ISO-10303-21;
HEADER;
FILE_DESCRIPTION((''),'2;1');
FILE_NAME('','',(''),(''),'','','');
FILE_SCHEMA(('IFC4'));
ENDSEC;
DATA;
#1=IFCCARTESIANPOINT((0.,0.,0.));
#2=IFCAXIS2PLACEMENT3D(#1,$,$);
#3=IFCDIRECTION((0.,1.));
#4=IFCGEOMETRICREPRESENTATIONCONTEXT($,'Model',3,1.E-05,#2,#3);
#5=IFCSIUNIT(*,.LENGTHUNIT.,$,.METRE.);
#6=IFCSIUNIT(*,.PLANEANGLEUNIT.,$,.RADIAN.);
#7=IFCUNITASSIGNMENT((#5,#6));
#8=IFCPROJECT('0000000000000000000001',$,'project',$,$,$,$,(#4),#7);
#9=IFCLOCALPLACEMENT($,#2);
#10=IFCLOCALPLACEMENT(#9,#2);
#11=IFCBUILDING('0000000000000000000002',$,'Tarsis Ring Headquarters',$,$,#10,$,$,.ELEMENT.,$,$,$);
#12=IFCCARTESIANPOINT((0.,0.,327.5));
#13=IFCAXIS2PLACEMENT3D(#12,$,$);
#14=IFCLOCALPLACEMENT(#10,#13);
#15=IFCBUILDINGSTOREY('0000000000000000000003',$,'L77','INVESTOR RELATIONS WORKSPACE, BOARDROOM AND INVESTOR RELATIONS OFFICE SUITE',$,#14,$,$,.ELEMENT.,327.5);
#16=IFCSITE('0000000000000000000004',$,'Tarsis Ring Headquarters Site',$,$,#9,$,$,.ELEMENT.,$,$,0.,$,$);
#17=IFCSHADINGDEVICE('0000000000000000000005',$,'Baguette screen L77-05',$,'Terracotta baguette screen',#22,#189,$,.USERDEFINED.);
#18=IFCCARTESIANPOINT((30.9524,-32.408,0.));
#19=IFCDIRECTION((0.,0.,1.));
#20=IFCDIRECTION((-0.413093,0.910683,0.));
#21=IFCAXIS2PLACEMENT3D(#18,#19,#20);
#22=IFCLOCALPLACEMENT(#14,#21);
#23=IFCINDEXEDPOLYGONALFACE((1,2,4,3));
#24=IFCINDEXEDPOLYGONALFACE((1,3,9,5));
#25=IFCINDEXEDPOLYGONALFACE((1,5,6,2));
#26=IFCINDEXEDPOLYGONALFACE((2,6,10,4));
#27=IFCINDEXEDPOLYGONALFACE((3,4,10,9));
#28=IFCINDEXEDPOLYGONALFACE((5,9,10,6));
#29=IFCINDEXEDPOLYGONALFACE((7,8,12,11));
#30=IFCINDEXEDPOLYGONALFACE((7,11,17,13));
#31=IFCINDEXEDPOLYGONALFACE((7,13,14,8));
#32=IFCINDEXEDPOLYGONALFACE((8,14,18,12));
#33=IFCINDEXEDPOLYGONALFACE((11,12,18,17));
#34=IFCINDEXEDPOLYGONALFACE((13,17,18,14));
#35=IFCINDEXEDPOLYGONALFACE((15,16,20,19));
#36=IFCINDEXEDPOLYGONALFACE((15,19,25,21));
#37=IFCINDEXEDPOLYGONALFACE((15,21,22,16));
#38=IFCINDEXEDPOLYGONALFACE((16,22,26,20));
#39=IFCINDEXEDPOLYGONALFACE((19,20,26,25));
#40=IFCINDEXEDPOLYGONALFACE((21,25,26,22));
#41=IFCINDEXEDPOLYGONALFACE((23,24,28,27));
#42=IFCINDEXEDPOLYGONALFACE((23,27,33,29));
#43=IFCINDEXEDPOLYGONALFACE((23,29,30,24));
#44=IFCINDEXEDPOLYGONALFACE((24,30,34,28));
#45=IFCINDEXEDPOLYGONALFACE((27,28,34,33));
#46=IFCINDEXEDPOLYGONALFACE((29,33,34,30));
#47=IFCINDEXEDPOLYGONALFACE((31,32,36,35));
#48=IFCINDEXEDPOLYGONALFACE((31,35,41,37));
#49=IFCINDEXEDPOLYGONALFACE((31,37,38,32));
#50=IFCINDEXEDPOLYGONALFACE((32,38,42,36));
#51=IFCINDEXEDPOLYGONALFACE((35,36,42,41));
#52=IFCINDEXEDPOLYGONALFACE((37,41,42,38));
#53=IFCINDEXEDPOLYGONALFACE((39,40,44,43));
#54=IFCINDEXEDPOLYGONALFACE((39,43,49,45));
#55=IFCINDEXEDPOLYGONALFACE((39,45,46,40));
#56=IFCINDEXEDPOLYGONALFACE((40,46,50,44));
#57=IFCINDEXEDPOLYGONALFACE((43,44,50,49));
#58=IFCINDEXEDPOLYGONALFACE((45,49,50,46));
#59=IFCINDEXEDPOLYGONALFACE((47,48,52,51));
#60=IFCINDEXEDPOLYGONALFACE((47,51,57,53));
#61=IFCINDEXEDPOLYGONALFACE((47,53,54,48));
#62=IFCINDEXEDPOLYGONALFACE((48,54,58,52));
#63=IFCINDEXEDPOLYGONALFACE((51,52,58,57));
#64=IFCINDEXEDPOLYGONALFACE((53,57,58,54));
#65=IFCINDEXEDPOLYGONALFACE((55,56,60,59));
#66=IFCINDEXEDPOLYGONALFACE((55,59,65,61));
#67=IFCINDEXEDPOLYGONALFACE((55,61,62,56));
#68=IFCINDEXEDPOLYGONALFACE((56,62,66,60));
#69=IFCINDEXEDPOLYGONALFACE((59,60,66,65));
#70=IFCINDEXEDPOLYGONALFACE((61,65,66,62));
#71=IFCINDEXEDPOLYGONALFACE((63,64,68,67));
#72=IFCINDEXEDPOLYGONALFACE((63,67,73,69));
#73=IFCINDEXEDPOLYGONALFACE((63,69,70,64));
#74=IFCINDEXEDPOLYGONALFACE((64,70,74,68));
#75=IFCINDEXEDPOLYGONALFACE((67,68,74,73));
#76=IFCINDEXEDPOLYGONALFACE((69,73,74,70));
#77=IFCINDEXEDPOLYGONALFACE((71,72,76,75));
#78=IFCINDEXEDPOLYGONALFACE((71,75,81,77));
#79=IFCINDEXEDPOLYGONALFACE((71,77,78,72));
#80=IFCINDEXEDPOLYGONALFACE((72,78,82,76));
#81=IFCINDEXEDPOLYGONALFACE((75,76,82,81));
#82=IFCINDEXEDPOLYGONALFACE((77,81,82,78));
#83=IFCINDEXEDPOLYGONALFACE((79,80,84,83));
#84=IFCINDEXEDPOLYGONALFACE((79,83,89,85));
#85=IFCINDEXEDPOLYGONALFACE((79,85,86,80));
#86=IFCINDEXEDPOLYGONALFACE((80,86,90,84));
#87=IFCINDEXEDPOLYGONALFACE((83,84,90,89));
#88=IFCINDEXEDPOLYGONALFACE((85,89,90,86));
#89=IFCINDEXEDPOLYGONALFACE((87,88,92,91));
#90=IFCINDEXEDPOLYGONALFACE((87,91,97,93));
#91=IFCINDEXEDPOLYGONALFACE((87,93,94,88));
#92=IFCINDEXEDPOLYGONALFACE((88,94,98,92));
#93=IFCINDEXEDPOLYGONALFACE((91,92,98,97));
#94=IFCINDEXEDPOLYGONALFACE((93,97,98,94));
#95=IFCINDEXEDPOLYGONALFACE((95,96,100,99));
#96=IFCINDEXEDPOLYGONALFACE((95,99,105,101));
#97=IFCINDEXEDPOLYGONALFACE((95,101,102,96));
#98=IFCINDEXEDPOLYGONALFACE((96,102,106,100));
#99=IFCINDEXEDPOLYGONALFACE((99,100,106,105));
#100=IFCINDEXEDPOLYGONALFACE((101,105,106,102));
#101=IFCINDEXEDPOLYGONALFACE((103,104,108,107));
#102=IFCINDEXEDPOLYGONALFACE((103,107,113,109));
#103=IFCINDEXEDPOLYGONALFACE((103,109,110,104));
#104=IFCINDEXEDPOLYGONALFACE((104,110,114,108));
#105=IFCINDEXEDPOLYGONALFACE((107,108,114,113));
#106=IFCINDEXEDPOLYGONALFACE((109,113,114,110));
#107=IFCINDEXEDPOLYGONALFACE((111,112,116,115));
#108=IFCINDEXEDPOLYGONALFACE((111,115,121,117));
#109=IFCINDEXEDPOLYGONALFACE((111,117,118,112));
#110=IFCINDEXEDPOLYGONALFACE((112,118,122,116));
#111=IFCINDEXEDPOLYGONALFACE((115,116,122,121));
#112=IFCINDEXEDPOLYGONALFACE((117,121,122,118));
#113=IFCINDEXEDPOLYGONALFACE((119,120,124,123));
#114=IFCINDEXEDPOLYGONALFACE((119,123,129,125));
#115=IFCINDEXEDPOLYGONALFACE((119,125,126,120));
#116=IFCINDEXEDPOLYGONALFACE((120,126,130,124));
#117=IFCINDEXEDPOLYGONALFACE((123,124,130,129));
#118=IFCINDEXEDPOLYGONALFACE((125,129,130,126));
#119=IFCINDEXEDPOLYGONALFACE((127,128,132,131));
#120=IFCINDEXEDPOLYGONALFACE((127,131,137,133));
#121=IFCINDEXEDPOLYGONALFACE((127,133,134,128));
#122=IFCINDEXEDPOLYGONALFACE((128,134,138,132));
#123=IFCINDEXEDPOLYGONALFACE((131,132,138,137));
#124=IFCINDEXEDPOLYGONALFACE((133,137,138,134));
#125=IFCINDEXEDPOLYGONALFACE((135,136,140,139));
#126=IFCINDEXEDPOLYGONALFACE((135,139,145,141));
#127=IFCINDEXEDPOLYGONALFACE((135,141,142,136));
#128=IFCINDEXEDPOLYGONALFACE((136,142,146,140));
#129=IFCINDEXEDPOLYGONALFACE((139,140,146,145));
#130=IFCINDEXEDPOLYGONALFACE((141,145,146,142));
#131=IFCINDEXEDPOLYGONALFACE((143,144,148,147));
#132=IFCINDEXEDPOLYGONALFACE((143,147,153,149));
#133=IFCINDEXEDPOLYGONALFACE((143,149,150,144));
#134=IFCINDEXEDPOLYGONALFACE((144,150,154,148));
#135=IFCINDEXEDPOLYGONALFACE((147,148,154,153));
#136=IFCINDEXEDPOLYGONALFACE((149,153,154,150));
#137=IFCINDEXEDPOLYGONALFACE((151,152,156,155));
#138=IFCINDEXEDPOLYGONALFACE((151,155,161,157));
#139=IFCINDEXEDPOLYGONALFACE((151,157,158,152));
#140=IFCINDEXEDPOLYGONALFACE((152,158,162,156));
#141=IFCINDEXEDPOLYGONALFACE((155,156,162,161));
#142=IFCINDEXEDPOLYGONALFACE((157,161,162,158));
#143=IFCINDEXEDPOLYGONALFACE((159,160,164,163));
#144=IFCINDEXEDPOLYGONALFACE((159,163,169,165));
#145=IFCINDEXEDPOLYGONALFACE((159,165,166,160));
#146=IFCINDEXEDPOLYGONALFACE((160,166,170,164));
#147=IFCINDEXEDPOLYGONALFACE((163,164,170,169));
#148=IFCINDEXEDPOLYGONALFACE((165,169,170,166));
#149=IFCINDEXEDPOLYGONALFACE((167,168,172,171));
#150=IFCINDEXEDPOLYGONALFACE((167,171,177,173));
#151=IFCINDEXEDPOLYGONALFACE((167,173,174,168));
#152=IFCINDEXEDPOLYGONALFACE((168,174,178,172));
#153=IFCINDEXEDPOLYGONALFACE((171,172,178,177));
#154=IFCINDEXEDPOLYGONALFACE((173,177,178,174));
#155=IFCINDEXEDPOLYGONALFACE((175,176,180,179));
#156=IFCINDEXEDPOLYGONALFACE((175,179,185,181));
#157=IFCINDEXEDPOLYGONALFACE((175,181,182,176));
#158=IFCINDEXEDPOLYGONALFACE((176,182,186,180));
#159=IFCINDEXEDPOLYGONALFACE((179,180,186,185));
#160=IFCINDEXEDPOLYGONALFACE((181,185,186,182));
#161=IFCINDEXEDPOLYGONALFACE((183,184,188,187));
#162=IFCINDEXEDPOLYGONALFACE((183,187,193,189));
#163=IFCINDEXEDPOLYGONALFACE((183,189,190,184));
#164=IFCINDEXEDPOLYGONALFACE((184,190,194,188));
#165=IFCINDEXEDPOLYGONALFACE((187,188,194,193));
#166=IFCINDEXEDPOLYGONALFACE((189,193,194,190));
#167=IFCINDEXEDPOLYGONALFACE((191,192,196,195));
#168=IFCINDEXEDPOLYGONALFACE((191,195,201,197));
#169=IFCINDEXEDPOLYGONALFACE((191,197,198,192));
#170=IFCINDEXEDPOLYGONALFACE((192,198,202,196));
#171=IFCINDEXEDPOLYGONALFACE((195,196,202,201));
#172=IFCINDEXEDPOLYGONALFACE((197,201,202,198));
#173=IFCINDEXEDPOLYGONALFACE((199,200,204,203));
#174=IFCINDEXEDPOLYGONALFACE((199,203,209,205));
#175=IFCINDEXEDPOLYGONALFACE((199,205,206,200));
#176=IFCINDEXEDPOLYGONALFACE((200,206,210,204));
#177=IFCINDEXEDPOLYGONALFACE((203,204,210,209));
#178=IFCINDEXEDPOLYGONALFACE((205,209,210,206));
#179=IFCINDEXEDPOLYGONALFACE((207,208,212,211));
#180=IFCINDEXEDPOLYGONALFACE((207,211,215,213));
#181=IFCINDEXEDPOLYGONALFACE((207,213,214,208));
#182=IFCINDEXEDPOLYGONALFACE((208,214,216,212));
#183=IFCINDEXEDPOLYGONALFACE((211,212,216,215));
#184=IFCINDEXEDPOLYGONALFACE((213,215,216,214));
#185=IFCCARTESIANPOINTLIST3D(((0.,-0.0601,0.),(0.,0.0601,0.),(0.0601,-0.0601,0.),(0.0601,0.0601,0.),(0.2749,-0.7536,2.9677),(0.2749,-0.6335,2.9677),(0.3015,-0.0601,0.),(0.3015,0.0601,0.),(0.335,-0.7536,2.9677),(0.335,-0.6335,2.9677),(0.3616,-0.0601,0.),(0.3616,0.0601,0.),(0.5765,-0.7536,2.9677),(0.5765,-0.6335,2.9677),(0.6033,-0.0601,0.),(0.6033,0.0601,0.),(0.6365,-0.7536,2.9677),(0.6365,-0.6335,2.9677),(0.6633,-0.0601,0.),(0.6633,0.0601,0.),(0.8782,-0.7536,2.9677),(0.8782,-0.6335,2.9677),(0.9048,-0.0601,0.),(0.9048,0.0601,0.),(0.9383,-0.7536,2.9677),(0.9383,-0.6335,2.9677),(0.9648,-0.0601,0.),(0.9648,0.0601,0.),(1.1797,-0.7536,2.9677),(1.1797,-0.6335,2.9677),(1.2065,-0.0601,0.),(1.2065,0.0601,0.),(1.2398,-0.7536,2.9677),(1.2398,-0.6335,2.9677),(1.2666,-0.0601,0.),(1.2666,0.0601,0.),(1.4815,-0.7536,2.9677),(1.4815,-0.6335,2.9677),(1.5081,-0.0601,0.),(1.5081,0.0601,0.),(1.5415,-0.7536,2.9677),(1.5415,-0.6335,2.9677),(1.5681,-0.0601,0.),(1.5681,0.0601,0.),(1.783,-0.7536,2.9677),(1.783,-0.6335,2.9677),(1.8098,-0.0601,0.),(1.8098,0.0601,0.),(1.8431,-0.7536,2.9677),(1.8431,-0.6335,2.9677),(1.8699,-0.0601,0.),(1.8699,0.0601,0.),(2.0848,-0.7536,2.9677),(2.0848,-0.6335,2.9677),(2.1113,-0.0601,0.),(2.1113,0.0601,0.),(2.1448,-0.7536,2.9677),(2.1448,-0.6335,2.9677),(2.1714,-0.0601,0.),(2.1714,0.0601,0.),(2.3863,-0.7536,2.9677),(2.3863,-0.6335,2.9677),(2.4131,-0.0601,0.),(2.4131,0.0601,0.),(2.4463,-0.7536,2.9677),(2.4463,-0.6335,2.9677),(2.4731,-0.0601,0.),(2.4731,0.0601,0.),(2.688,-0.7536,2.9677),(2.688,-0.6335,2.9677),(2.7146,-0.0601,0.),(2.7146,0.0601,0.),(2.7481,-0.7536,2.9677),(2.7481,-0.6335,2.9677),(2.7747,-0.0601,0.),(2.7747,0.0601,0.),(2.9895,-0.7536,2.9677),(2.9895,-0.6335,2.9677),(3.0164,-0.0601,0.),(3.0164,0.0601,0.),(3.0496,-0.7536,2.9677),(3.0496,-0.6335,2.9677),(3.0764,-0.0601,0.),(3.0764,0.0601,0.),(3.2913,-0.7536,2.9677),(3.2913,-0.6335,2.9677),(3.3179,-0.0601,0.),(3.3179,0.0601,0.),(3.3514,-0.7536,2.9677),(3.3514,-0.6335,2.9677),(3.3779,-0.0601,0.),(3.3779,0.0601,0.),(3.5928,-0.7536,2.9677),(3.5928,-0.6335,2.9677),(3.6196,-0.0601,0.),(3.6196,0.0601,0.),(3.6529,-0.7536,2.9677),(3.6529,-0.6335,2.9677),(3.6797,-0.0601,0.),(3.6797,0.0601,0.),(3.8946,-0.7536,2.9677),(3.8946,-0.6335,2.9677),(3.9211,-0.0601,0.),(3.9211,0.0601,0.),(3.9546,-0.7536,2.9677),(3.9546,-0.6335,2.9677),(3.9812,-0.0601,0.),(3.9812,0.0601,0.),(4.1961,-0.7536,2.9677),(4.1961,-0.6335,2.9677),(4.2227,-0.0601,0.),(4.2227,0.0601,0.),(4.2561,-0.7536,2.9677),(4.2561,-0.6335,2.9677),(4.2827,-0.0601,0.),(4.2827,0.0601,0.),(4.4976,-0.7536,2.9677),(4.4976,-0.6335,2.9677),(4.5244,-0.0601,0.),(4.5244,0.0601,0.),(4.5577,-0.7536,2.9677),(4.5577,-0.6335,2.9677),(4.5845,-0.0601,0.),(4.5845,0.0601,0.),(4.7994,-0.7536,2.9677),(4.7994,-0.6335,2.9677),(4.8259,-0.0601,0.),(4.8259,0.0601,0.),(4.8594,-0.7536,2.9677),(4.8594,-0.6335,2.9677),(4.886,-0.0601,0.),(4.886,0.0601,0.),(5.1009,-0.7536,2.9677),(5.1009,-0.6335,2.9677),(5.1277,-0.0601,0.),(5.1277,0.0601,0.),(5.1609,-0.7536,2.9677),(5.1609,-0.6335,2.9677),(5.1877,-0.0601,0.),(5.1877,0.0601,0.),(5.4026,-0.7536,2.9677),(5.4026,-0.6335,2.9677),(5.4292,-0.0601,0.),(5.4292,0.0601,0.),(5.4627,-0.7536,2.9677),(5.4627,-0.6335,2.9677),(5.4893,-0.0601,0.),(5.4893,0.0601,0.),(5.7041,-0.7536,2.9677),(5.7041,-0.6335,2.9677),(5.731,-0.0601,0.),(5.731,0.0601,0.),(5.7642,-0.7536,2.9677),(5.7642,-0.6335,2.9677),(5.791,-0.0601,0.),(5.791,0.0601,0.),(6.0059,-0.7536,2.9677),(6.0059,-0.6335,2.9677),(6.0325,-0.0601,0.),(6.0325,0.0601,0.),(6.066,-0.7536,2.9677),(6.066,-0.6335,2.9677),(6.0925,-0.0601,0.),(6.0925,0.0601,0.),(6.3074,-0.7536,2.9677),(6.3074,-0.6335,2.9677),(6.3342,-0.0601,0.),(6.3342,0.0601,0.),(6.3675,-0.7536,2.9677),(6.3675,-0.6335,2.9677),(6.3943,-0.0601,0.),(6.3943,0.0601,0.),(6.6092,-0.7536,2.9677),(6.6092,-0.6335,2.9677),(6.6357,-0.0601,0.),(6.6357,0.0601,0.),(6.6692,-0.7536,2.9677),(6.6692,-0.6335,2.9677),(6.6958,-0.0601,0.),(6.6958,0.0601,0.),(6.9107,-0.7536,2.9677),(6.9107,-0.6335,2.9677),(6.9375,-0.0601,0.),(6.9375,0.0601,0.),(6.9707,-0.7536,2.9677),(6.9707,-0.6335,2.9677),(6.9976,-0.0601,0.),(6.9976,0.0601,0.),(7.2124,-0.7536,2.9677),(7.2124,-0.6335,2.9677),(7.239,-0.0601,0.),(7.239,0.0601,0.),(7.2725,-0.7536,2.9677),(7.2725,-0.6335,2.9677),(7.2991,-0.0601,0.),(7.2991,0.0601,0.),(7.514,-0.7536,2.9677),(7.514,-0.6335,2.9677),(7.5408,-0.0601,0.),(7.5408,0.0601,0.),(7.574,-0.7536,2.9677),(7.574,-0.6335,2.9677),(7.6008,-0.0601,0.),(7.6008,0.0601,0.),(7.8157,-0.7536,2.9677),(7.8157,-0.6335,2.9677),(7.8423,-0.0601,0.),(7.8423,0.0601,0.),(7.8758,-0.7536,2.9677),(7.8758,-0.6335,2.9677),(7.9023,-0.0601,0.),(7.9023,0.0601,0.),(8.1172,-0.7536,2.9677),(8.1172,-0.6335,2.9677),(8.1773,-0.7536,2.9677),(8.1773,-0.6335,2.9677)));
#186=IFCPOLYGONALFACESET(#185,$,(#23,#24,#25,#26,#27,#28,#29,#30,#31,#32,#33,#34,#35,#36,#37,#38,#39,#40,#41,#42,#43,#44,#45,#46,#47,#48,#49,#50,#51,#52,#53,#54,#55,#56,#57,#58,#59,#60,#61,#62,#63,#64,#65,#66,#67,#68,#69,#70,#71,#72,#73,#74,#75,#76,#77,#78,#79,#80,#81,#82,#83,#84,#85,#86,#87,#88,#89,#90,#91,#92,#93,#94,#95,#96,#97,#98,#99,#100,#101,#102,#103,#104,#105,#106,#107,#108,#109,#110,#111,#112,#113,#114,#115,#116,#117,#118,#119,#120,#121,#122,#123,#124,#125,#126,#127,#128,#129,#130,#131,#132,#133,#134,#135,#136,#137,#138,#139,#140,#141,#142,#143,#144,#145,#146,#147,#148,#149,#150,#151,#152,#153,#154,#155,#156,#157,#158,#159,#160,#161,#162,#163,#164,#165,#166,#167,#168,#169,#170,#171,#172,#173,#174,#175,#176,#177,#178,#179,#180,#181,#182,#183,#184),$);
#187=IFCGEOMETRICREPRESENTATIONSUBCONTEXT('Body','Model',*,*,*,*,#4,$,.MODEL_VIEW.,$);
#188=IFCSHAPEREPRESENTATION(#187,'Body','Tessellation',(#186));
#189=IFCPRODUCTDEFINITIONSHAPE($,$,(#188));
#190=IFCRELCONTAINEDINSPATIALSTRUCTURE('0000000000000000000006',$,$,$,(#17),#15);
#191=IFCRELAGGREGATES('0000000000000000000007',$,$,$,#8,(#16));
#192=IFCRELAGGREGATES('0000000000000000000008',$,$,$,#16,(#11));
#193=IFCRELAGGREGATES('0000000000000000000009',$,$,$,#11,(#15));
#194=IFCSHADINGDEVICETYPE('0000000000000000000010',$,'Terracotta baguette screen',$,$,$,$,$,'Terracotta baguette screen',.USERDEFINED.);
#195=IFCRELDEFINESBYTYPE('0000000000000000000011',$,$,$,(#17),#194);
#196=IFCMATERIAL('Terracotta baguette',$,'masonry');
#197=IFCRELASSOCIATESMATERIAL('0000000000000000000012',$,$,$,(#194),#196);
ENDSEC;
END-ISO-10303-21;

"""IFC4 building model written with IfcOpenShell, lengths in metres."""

from ifc_helpers import new_model, si_unit, direction, frame, frame_2d, origin, place, context, subcontext, project, spatial, rectangle, composite_profile, extrude, material, type_object, element, save


model = new_model("IFC4")

# Units and contexts
model_context = context("Model", 3, precision=1e-05, world=origin(), true_north=direction((0.0, 1.0)))
body_context = subcontext(model_context, "Body", "Model", "MODEL_VIEW")
ifc_project = project(units=[si_unit("LENGTHUNIT", "METRE"), si_unit("PLANEANGLEUNIT", "RADIAN")], contexts=[model_context])

# Site, building, storey
site_placement = place(None, origin())
site = spatial("IfcSite", under=ifc_project, at=site_placement, Name="Tarsis Ring Headquarters Site", CompositionType="ELEMENT", RefElevation=0.0)
building_placement = place(site_placement, origin())
building = spatial("IfcBuilding", under=site, at=building_placement, Name="Tarsis Ring Headquarters", CompositionType="ELEMENT")
storey_placement = place(building_placement, frame((0.0, 0.0, 327.5)))
storey = spatial("IfcBuildingStorey", under=building, at=storey_placement, Name="L77", Description="INVESTOR RELATIONS WORKSPACE, BOARDROOM AND INVESTOR RELATIONS OFFICE SUITE", CompositionType="ELEMENT", Elevation=327.5)

# Shading device
ifc_material_1 = material(Name="Terracotta baguette", Category="masonry")
shading_device_type_1 = type_object("IfcShadingDeviceType", Name="Terracotta baguette screen", ElementType="Terracotta baguette screen", PredefinedType="USERDEFINED", material=ifc_material_1)
shading_device_1_placement = place(storey_placement, frame((30.9524, -32.408, 0.0), z_axis=(0.0, 0.0, 1.0), x_axis=(-0.413093, 0.910683, 0.0)))
element("IfcShadingDevice", 1, at=shading_device_1_placement, inside=storey, type_object=shading_device_type_1, Name="Baguette screen L77-05", ObjectType="Terracotta baguette screen", PredefinedType="USERDEFINED", context=body_context, shape_type="SweptSolid", body=[
    extrude(composite_profile([rectangle(XDim=0.0601, YDim=0.1201, at=frame_2d((0.03, 0.0))), rectangle(XDim=0.0601, YDim=0.1201, at=frame_2d((0.3315, 0.0))), rectangle(XDim=0.0601, YDim=0.1201, at=frame_2d((0.6333, 0.0))), rectangle(XDim=0.0601, YDim=0.1201, at=frame_2d((0.9348, 0.0))), rectangle(XDim=0.0601, YDim=0.1201, at=frame_2d((1.2366, 0.0))), rectangle(XDim=0.0601, YDim=0.1201, at=frame_2d((1.5381, 0.0))), rectangle(XDim=0.0601, YDim=0.1201, at=frame_2d((1.8398, 0.0))), rectangle(XDim=0.0601, YDim=0.1201, at=frame_2d((2.1414, 0.0))), rectangle(XDim=0.0601, YDim=0.1201, at=frame_2d((2.4431, 0.0))), rectangle(XDim=0.0601, YDim=0.1201, at=frame_2d((2.7446, 0.0))), rectangle(XDim=0.0601, YDim=0.1201, at=frame_2d((3.0464, 0.0))), rectangle(XDim=0.0601, YDim=0.1201, at=frame_2d((3.3479, 0.0))), rectangle(XDim=0.0601, YDim=0.1201, at=frame_2d((3.6497, 0.0))), rectangle(XDim=0.0601, YDim=0.1201, at=frame_2d((3.9512, 0.0))), rectangle(XDim=0.0601, YDim=0.1201, at=frame_2d((4.2527, 0.0))), rectangle(XDim=0.0601, YDim=0.1201, at=frame_2d((4.5544, 0.0))), rectangle(XDim=0.0601, YDim=0.1201, at=frame_2d((4.856, 0.0))), rectangle(XDim=0.0601, YDim=0.1201, at=frame_2d((5.1577, 0.0))), rectangle(XDim=0.0601, YDim=0.1201, at=frame_2d((5.4592, 0.0))), rectangle(XDim=0.0601, YDim=0.1201, at=frame_2d((5.761, 0.0))), rectangle(XDim=0.0601, YDim=0.1201, at=frame_2d((6.0625, 0.0))), rectangle(XDim=0.0601, YDim=0.1201, at=frame_2d((6.3643, 0.0))), rectangle(XDim=0.0601, YDim=0.1201, at=frame_2d((6.6658, 0.0))), rectangle(XDim=0.0601, YDim=0.1201, at=frame_2d((6.9675, 0.0))), rectangle(XDim=0.0601, YDim=0.1201, at=frame_2d((7.269, 0.0))), rectangle(XDim=0.0601, YDim=0.1201, at=frame_2d((7.5708, 0.0))), rectangle(XDim=0.0601, YDim=0.1201, at=frame_2d((7.8723, 0.0)))]), origin(), (0.089849, -0.226659, 0.969821), 3.0601),
])

save(model, "model.ifc")
